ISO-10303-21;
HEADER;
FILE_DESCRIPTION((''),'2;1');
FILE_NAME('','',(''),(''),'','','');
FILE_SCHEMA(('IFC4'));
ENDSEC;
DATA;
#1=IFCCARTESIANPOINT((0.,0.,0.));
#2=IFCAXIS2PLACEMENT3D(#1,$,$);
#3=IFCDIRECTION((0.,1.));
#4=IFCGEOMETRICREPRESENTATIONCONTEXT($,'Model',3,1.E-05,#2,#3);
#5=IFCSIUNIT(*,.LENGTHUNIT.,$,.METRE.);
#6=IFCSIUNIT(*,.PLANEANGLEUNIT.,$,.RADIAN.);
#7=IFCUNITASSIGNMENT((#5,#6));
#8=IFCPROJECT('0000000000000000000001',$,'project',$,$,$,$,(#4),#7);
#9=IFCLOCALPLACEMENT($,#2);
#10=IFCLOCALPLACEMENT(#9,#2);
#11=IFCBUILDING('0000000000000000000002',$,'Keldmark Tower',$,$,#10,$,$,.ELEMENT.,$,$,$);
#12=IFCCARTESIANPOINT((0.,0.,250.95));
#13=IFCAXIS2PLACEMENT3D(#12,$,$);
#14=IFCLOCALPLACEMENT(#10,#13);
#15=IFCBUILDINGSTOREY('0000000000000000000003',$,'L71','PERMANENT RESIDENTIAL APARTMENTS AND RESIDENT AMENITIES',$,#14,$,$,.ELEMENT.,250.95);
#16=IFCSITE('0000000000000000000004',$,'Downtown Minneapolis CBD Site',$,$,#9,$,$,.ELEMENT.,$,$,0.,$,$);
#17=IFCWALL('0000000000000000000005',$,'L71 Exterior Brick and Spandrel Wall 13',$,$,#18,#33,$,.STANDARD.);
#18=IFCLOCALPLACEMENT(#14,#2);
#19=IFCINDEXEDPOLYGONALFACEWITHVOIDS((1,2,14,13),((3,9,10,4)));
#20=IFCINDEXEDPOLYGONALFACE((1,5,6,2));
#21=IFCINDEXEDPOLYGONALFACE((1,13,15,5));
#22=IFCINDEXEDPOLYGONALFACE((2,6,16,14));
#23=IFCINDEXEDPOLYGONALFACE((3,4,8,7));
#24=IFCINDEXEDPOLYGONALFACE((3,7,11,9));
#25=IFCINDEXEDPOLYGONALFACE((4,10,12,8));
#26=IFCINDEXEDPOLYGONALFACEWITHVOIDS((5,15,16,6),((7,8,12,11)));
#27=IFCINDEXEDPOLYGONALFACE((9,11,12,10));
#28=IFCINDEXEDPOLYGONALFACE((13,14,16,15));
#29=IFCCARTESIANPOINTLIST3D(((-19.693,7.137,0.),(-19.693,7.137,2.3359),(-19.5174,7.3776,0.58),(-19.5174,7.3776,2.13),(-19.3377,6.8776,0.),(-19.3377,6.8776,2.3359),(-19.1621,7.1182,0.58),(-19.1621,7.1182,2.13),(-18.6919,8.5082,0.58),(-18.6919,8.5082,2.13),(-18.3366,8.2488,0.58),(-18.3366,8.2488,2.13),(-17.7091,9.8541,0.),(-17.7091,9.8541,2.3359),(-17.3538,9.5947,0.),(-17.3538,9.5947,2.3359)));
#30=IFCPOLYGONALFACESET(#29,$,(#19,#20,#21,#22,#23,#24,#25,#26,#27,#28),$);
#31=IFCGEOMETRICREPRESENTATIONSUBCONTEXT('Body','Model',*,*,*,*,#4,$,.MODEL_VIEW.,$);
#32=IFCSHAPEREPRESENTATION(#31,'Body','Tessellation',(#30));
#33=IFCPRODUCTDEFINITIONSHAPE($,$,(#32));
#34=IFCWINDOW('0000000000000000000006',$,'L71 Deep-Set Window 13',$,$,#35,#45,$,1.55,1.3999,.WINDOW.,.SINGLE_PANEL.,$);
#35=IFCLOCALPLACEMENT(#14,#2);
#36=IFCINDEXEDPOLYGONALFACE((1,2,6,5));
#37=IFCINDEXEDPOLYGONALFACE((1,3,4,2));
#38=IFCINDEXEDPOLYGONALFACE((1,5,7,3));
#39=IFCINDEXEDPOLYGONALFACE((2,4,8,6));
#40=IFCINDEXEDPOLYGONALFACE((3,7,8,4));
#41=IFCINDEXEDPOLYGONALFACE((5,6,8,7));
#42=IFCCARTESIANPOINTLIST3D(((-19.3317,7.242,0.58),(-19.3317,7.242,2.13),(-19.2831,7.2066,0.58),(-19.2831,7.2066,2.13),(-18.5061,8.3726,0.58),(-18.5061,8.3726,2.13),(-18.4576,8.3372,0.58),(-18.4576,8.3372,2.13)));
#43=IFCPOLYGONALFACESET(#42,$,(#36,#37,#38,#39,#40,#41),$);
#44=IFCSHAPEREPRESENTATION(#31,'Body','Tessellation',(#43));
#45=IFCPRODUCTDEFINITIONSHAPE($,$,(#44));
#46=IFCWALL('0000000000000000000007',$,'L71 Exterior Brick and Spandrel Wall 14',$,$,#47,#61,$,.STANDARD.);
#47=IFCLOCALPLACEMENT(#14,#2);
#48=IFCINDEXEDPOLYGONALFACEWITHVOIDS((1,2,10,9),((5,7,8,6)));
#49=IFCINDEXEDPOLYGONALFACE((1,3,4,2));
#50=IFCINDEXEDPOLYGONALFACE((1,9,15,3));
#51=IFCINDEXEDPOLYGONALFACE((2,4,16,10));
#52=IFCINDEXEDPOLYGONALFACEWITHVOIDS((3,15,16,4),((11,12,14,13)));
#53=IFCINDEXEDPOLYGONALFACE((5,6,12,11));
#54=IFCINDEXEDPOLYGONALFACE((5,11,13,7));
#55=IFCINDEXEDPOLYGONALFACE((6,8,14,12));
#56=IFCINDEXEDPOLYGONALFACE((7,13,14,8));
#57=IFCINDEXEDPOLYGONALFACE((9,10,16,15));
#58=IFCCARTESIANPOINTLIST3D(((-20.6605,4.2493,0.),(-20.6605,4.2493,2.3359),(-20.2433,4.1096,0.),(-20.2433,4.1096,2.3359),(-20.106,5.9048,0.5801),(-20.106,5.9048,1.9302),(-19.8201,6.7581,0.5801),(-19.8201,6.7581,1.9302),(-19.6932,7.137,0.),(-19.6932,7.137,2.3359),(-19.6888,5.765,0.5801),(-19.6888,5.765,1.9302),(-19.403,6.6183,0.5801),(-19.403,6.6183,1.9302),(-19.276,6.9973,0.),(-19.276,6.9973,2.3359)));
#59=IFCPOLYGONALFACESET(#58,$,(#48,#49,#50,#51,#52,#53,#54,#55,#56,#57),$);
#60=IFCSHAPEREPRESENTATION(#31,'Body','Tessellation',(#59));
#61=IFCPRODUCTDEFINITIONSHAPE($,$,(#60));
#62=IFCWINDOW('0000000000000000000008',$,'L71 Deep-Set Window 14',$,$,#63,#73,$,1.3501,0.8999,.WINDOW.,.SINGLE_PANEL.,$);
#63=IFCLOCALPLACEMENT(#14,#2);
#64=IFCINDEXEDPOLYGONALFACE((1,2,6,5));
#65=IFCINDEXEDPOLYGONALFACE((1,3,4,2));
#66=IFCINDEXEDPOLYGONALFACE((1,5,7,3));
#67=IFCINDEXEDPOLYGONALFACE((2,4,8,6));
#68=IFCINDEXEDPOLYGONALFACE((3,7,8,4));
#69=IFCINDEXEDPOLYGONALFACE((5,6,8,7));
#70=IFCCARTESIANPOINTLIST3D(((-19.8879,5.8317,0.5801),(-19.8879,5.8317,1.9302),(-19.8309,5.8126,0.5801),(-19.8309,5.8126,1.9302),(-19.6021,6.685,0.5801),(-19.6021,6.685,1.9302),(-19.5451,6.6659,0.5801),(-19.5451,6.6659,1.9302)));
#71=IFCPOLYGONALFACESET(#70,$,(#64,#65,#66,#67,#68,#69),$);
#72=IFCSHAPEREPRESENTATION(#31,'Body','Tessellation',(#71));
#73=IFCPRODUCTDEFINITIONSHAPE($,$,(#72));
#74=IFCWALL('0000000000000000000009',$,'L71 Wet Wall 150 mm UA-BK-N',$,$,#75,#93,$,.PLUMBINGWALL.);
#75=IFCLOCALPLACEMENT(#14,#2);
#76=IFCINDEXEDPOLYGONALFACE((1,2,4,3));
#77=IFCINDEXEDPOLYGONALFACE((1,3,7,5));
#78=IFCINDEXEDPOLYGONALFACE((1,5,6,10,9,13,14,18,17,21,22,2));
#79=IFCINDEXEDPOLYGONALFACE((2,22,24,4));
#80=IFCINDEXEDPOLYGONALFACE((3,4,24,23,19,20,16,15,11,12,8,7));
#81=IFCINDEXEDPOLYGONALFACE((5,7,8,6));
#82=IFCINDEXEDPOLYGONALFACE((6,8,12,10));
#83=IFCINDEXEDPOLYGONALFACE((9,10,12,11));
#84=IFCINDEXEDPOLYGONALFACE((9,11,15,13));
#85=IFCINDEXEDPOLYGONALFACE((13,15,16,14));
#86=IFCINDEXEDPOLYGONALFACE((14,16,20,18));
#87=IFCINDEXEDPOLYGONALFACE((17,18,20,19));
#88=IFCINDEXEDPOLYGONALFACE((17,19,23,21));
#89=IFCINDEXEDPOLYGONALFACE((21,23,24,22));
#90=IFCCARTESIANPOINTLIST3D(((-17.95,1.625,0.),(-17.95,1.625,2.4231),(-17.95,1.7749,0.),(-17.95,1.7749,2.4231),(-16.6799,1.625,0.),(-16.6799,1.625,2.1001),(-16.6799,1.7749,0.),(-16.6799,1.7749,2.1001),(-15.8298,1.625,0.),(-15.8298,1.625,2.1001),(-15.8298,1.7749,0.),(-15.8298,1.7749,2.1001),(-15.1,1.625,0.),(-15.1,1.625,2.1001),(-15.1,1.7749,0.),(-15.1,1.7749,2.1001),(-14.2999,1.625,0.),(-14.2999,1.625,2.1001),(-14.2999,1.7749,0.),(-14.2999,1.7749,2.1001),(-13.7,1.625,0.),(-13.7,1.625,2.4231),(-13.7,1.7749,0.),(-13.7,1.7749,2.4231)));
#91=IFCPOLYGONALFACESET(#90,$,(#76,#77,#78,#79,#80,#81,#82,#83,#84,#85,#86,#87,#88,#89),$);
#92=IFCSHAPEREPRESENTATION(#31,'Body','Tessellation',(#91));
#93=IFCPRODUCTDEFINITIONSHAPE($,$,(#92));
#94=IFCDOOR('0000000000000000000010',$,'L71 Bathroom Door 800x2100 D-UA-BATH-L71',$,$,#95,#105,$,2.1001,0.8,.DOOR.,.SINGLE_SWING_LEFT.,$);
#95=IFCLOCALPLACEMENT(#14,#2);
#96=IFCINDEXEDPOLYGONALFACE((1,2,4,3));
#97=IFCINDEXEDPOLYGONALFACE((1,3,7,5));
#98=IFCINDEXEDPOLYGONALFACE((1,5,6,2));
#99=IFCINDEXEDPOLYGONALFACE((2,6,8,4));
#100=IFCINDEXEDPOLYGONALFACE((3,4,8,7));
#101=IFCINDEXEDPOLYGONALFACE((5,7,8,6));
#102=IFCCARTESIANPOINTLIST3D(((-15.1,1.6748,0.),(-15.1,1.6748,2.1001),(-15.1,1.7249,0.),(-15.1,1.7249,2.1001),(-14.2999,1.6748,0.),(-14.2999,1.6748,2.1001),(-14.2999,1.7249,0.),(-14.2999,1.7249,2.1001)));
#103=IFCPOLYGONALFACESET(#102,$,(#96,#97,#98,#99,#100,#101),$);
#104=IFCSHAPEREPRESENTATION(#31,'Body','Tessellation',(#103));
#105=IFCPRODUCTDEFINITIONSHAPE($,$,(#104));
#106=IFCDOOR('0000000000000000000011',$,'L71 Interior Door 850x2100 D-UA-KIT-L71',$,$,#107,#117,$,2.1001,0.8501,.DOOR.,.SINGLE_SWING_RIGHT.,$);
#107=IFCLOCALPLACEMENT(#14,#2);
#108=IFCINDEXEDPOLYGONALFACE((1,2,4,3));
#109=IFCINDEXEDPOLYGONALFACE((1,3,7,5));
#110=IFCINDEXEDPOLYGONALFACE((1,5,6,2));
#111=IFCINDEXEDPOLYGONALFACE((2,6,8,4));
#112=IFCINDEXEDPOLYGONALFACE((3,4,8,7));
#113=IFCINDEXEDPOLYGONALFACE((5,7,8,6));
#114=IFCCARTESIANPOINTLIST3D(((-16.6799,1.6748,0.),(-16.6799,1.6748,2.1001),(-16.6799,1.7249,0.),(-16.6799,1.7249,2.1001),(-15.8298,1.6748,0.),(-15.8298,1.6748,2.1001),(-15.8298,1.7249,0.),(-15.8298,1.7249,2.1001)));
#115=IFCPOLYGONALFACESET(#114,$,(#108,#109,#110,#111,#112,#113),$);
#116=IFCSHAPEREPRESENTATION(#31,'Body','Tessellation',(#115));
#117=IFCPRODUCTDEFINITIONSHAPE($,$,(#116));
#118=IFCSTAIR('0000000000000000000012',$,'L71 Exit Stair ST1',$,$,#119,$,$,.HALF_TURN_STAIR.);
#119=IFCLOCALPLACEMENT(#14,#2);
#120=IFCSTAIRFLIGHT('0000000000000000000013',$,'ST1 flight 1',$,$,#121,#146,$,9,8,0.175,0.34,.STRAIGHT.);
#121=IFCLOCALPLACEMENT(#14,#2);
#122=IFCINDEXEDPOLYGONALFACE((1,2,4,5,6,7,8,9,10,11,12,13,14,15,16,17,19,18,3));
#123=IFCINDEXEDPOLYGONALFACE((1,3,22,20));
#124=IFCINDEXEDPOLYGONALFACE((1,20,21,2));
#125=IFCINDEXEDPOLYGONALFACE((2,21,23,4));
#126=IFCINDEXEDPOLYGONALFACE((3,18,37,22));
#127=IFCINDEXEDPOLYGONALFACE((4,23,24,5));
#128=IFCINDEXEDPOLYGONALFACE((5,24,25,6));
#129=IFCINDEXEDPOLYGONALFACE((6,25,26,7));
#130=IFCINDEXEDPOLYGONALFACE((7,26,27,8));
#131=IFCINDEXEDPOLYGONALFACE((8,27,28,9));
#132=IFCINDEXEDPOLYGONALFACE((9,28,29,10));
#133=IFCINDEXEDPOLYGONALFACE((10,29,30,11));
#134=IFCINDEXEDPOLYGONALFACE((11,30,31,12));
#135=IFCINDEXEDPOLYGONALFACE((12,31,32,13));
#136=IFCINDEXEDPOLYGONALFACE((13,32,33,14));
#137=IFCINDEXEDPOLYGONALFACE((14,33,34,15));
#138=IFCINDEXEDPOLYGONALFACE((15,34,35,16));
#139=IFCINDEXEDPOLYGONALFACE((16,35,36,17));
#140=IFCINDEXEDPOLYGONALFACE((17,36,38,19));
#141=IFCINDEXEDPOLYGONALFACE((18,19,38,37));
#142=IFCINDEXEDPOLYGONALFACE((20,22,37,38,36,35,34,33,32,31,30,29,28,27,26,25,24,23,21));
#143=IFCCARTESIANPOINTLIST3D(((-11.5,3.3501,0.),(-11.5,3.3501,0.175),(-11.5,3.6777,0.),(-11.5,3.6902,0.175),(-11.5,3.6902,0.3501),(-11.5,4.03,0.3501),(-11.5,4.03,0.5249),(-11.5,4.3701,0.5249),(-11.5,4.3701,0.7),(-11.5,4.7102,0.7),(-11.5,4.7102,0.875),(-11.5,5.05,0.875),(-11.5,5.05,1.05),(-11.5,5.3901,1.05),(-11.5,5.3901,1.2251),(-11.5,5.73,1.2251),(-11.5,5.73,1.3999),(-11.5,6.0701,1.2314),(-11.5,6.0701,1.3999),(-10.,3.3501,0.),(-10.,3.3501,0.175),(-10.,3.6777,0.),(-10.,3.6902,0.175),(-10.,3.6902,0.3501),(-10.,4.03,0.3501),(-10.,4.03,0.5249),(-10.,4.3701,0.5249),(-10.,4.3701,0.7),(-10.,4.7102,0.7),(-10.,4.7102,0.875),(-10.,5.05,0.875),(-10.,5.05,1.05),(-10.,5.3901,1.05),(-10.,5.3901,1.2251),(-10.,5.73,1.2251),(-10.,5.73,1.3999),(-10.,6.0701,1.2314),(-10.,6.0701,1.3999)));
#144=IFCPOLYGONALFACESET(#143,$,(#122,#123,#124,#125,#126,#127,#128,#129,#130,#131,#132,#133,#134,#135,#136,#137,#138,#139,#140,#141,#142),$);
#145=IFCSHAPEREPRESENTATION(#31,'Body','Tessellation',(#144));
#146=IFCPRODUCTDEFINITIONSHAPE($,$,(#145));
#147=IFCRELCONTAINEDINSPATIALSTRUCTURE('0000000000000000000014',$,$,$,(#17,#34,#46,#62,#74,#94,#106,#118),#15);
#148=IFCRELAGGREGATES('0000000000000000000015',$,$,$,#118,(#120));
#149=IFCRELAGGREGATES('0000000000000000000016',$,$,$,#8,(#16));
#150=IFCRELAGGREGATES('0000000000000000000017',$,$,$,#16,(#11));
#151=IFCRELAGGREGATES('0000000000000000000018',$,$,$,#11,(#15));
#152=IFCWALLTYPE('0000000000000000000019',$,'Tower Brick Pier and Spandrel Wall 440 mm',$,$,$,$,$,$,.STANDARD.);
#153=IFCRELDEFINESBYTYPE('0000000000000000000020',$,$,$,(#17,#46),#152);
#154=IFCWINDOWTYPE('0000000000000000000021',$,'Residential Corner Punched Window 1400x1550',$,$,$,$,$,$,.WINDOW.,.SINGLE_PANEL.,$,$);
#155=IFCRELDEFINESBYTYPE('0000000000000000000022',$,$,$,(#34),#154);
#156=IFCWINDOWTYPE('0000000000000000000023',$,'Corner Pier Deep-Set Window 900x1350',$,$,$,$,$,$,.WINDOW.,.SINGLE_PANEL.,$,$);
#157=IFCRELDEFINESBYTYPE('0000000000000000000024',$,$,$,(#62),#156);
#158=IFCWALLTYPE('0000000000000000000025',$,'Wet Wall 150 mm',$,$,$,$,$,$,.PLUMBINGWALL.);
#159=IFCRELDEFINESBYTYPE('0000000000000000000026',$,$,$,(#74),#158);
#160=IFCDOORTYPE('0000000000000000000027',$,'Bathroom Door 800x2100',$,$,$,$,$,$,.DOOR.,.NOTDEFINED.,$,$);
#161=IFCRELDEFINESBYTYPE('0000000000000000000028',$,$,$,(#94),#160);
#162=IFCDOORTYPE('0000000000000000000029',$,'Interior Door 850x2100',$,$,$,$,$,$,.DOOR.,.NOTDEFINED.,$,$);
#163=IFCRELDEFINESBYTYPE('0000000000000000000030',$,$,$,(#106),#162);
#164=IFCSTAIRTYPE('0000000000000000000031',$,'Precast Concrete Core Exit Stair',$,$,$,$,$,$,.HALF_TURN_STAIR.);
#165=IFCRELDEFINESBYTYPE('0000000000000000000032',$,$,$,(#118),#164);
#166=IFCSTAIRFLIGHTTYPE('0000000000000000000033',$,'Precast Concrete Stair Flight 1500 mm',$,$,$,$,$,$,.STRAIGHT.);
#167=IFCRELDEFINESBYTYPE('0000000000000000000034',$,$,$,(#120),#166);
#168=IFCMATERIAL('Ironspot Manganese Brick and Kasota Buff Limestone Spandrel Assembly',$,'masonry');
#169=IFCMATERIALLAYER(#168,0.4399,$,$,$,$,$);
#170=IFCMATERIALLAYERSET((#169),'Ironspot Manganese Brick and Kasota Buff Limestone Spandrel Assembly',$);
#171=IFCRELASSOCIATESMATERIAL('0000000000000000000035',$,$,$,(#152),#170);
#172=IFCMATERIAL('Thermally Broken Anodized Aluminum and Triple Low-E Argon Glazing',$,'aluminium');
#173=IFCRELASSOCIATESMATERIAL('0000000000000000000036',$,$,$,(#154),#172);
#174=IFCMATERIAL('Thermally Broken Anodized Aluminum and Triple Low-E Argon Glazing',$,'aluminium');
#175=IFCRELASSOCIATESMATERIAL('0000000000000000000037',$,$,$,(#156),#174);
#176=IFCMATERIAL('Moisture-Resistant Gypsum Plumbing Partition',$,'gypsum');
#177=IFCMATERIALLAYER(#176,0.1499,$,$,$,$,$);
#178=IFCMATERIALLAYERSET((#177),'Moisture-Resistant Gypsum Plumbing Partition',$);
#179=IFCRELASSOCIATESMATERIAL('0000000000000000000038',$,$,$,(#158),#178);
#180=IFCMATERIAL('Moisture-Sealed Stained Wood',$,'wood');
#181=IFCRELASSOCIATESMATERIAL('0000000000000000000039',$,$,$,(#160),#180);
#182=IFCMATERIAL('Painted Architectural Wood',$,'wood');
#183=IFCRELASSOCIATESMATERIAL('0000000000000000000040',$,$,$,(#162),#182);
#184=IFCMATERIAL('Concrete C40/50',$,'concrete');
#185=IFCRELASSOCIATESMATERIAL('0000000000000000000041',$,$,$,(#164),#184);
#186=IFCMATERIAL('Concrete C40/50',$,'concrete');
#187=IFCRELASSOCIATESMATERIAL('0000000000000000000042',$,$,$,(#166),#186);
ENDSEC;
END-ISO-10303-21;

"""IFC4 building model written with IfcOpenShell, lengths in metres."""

from ifc_helpers import new_model, si_unit, direction, frame, frame_2d, origin, place, context, subcontext, project, spatial, polyline, rectangle, outline, extrude, material, layer, layer_set, type_object, element, fill, aggregate, save


model = new_model("IFC4")

# Units and contexts
model_context = context("Model", 3, precision=1e-05, world=origin(), true_north=direction((0.0, 1.0)))
body_context = subcontext(model_context, "Body", "Model", "MODEL_VIEW")
ifc_project = project(units=[si_unit("LENGTHUNIT", "METRE"), si_unit("PLANEANGLEUNIT", "RADIAN")], contexts=[model_context])

# Site, building, storey
site_placement = place(None, origin())
site = spatial("IfcSite", under=ifc_project, at=site_placement, Name="Downtown Minneapolis CBD Site", CompositionType="ELEMENT", RefElevation=0.0)
building_placement = place(site_placement, origin())
building = spatial("IfcBuilding", under=site, at=building_placement, Name="Keldmark Tower", CompositionType="ELEMENT")
storey_placement = place(building_placement, frame((0.0, 0.0, 250.95)))
storey = spatial("IfcBuildingStorey", under=building, at=storey_placement, Name="L71", Description="PERMANENT RESIDENTIAL APARTMENTS AND RESIDENT AMENITIES", CompositionType="ELEMENT", Elevation=250.95)

# Walls, openings, windows
ifc_material_1 = material(Name="Ironspot Manganese Brick and Kasota Buff Limestone Spandrel Assembly", Category="masonry")
ifc_layer_1 = layer(ifc_material_1, 0.4399)
ifc_layer_set_1 = layer_set([ifc_layer_1], Name="Ironspot Manganese Brick and Kasota Buff Limestone Spandrel Assembly")
wall_type_1 = type_object("IfcWallType", Name="Tower Brick Pier and Spandrel Wall 440 mm", PredefinedType="STANDARD", material=ifc_layer_set_1)
wall_1_placement = place(storey_placement, frame((-19.5154, 7.0073, 0.0), z_axis=(0.0, 0.0, 1.0), x_axis=(0.589698, 0.807624, 0.0)))
wall_1 = element("IfcWall", 1, at=wall_1_placement, inside=storey, type_object=wall_type_1, Name="L71 Exterior Brick and Spandrel Wall 13", PredefinedType="STANDARD", context=body_context, shape_type="SweptSolid", body=[
    extrude(rectangle(XDim=3.3643, YDim=0.4399, at=frame_2d((1.6821, 0.0))), origin(), (0.0, 0.0, 1.0), 2.3359),
])
opening_1_placement = place(wall_1_placement, frame((0.2979, 0.0, 0.5801)))
opening_1 = element("IfcOpeningElement", 2, at=opening_1_placement, cuts=wall_1, PredefinedType="OPENING", context=body_context, shape_type="SweptSolid", body=[
    extrude(rectangle(XDim=1.3999, YDim=1.55, at=frame_2d((0.7, 0.7749))), frame((0.0, 0.23, 0.0), z_axis=(0.0, -1.0, 0.0), x_axis=(1.0, 0.0, 0.0)), (0.0, 0.0, 1.0), 0.46),
])
ifc_material_2 = material(Name="Thermally Broken Anodized Aluminum and Triple Low-E Argon Glazing", Category="aluminium")
window_type_1 = type_object("IfcWindowType", Name="Residential Corner Punched Window 1400x1550", PartitioningType="SINGLE_PANEL", PredefinedType="WINDOW", material=ifc_material_2)
window_1_placement = place(opening_1_placement, origin())
window_1 = element("IfcWindow", 3, at=window_1_placement, inside=storey, type_object=window_type_1, Name="L71 Deep-Set Window 13", OverallHeight=1.55, OverallWidth=1.3999, PartitioningType="SINGLE_PANEL", PredefinedType="WINDOW", context=body_context, shape_type="SweptSolid", body=[
    extrude(rectangle(XDim=1.3999, YDim=1.55, at=frame_2d((0.7, 0.7749))), frame((0.0, -0.01, 0.0), z_axis=(0.0, -1.0, 0.0), x_axis=(1.0, 0.0, 0.0)), (0.0, 0.0, 1.0), 0.0601),
])
fill(opening_1, window_1)
wall_2_placement = place(storey_placement, frame((-20.4519, 4.1794, 0.0), z_axis=(0.0, 0.0, 1.0), x_axis=(0.317622, 0.948217, 0.0)))
wall_2 = element("IfcWall", 4, at=wall_2_placement, inside=storey, type_object=wall_type_1, Name="L71 Exterior Brick and Spandrel Wall 14", PredefinedType="STANDARD", context=body_context, shape_type="SweptSolid", body=[
    extrude(rectangle(XDim=3.0454, YDim=0.4399, at=frame_2d((1.5227, 0.0))), origin(), (0.0, 0.0, 1.0), 2.3359),
])
opening_2_placement = place(wall_2_placement, frame((1.7458, 0.0, 0.5801)))
opening_2 = element("IfcOpeningElement", 5, at=opening_2_placement, cuts=wall_2, PredefinedType="OPENING", context=body_context, shape_type="SweptSolid", body=[
    extrude(rectangle(XDim=0.8999, YDim=1.3501, at=frame_2d((0.45, 0.675))), frame((0.0, 0.23, 0.0), z_axis=(0.0, -1.0, 0.0), x_axis=(1.0, 0.0, 0.0)), (0.0, 0.0, 1.0), 0.46),
])
ifc_material_3 = material(Name="Thermally Broken Anodized Aluminum and Triple Low-E Argon Glazing", Category="aluminium")
window_type_2 = type_object("IfcWindowType", Name="Corner Pier Deep-Set Window 900x1350", PartitioningType="SINGLE_PANEL", PredefinedType="WINDOW", material=ifc_material_3)
window_2_placement = place(opening_2_placement, origin())
window_2 = element("IfcWindow", 6, at=window_2_placement, inside=storey, type_object=window_type_2, Name="L71 Deep-Set Window 14", OverallHeight=1.3501, OverallWidth=0.8999, PartitioningType="SINGLE_PANEL", PredefinedType="WINDOW", context=body_context, shape_type="SweptSolid", body=[
    extrude(rectangle(XDim=0.8999, YDim=1.3501, at=frame_2d((0.45, 0.675))), frame((0.0, -0.01, 0.0), z_axis=(0.0, -1.0, 0.0), x_axis=(1.0, 0.0, 0.0)), (0.0, 0.0, 1.0), 0.0601),
])
fill(opening_2, window_2)

# Wall, openings, doors
ifc_material_4 = material(Name="Moisture-Resistant Gypsum Plumbing Partition", Category="gypsum")
ifc_layer_2 = layer(ifc_material_4, 0.1499)
ifc_layer_set_2 = layer_set([ifc_layer_2], Name="Moisture-Resistant Gypsum Plumbing Partition")
wall_type_2 = type_object("IfcWallType", Name="Wet Wall 150 mm", PredefinedType="PLUMBINGWALL", material=ifc_layer_set_2)
wall_3_placement = place(storey_placement, frame((-17.95, 1.7, 0.0), z_axis=(0.0, 0.0, 1.0), x_axis=(1.0, 0.0, 0.0)))
wall_3 = element("IfcWall", 7, at=wall_3_placement, inside=storey, type_object=wall_type_2, Name="L71 Wet Wall 150 mm UA-BK-N", PredefinedType="PLUMBINGWALL", context=body_context, shape_type="SweptSolid", body=[
    extrude(rectangle(XDim=4.25, YDim=0.1499, at=frame_2d((2.125, 0.0))), origin(), (0.0, 0.0, 1.0), 2.4231),
])
opening_3_placement = place(wall_3_placement, frame((2.8501, 0.0, 0.0)))
opening_3 = element("IfcOpeningElement", 8, at=opening_3_placement, cuts=wall_3, PredefinedType="OPENING", context=body_context, shape_type="SweptSolid", body=[
    extrude(rectangle(XDim=0.8, YDim=2.1001, at=frame_2d((0.3999, 1.05))), frame((0.0, 0.085, 0.0), z_axis=(0.0, -1.0, 0.0), x_axis=(1.0, 0.0, 0.0)), (0.0, 0.0, 1.0), 0.1699),
])
opening_4_placement = place(wall_3_placement, frame((1.27, 0.0, 0.0)))
opening_4 = element("IfcOpeningElement", 9, at=opening_4_placement, cuts=wall_3, PredefinedType="OPENING", context=body_context, shape_type="SweptSolid", body=[
    extrude(rectangle(XDim=0.8501, YDim=2.1001, at=frame_2d((0.425, 1.05))), frame((0.0, 0.085, 0.0), z_axis=(0.0, -1.0, 0.0), x_axis=(1.0, 0.0, 0.0)), (0.0, 0.0, 1.0), 0.1699),
])
ifc_material_5 = material(Name="Moisture-Sealed Stained Wood", Category="wood")
door_type_1 = type_object("IfcDoorType", Name="Bathroom Door 800x2100", OperationType="NOTDEFINED", PredefinedType="DOOR", material=ifc_material_5)
door_1_placement = place(opening_3_placement, origin())
door_1 = element("IfcDoor", 10, at=door_1_placement, inside=storey, type_object=door_type_1, Name="L71 Bathroom Door 800x2100 D-UA-BATH-L71", OperationType="SINGLE_SWING_LEFT", OverallHeight=2.1001, OverallWidth=0.8, PredefinedType="DOOR", context=body_context, shape_type="SweptSolid", body=[
    extrude(rectangle(XDim=0.8, YDim=2.1001, at=frame_2d((0.3999, 1.05))), frame((0.0, 0.0249, 0.0), z_axis=(0.0, -1.0, 0.0), x_axis=(1.0, 0.0, 0.0)), (0.0, 0.0, 1.0), 0.05),
])
fill(opening_3, door_1)
ifc_material_6 = material(Name="Painted Architectural Wood", Category="wood")
door_type_2 = type_object("IfcDoorType", Name="Interior Door 850x2100", OperationType="NOTDEFINED", PredefinedType="DOOR", material=ifc_material_6)
door_2_placement = place(opening_4_placement, origin())
door_2 = element("IfcDoor", 11, at=door_2_placement, inside=storey, type_object=door_type_2, Name="L71 Interior Door 850x2100 D-UA-KIT-L71", OperationType="SINGLE_SWING_RIGHT", OverallHeight=2.1001, OverallWidth=0.8501, PredefinedType="DOOR", context=body_context, shape_type="SweptSolid", body=[
    extrude(rectangle(XDim=0.8501, YDim=2.1001, at=frame_2d((0.425, 1.05))), frame((0.0, 0.0249, 0.0), z_axis=(0.0, -1.0, 0.0), x_axis=(1.0, 0.0, 0.0)), (0.0, 0.0, 1.0), 0.05),
])
fill(opening_4, door_2)

# Stair, stair flight
ifc_material_7 = material(Name="Concrete C40/50", Category="concrete")
stair_type = type_object("IfcStairType", Name="Precast Concrete Core Exit Stair", PredefinedType="HALF_TURN_STAIR", material=ifc_material_7)
stair_placement = place(storey_placement, origin())
stair = element("IfcStair", 12, at=stair_placement, inside=storey, type_object=stair_type, Name="L71 Exit Stair ST1", PredefinedType="HALF_TURN_STAIR")
ifc_material_8 = material(Name="Concrete C40/50", Category="concrete")
stair_flight_type = type_object("IfcStairFlightType", Name="Precast Concrete Stair Flight 1500 mm", PredefinedType="STRAIGHT", material=ifc_material_8)
stair_flight_1_placement = place(storey_placement, frame((-10.75, 3.3501, 0.0), z_axis=(0.0, 0.0, 1.0), x_axis=(0.0, 1.0, 0.0)))
stair_flight_1 = element("IfcStairFlight", 13, at=stair_flight_1_placement, type_object=stair_flight_type, Name="ST1 flight 1", NumberOfRisers=9, NumberOfTreads=8, PredefinedType="STRAIGHT", RiserHeight=0.175, TreadLength=0.34, context=body_context, shape_type="SweptSolid", body=[
    extrude(outline(polyline([(0.0, 0.0), (0.0, 0.175), (0.3401, 0.175), (0.3401, 0.3501), (0.6799, 0.3501), (0.6799, 0.5249), (1.02, 0.5249), (1.02, 0.7), (1.3601, 0.7), (1.3601, 0.875), (1.7, 0.875), (1.7, 1.05), (2.04, 1.05), (2.04, 1.2251), (2.3799, 1.2251), (2.3799, 1.3999), (2.72, 1.3999), (2.72, 1.575), (2.72, 1.2314), (0.3276, 0.0), (0.0, 0.0)])), frame((0.0, 0.75, 0.0), z_axis=(0.0, -1.0, 0.0), x_axis=(1.0, 0.0, 0.0)), (0.0, 0.0, 1.0), 1.5),
])
aggregate(stair, [stair_flight_1])

save(model, "model.ifc")
